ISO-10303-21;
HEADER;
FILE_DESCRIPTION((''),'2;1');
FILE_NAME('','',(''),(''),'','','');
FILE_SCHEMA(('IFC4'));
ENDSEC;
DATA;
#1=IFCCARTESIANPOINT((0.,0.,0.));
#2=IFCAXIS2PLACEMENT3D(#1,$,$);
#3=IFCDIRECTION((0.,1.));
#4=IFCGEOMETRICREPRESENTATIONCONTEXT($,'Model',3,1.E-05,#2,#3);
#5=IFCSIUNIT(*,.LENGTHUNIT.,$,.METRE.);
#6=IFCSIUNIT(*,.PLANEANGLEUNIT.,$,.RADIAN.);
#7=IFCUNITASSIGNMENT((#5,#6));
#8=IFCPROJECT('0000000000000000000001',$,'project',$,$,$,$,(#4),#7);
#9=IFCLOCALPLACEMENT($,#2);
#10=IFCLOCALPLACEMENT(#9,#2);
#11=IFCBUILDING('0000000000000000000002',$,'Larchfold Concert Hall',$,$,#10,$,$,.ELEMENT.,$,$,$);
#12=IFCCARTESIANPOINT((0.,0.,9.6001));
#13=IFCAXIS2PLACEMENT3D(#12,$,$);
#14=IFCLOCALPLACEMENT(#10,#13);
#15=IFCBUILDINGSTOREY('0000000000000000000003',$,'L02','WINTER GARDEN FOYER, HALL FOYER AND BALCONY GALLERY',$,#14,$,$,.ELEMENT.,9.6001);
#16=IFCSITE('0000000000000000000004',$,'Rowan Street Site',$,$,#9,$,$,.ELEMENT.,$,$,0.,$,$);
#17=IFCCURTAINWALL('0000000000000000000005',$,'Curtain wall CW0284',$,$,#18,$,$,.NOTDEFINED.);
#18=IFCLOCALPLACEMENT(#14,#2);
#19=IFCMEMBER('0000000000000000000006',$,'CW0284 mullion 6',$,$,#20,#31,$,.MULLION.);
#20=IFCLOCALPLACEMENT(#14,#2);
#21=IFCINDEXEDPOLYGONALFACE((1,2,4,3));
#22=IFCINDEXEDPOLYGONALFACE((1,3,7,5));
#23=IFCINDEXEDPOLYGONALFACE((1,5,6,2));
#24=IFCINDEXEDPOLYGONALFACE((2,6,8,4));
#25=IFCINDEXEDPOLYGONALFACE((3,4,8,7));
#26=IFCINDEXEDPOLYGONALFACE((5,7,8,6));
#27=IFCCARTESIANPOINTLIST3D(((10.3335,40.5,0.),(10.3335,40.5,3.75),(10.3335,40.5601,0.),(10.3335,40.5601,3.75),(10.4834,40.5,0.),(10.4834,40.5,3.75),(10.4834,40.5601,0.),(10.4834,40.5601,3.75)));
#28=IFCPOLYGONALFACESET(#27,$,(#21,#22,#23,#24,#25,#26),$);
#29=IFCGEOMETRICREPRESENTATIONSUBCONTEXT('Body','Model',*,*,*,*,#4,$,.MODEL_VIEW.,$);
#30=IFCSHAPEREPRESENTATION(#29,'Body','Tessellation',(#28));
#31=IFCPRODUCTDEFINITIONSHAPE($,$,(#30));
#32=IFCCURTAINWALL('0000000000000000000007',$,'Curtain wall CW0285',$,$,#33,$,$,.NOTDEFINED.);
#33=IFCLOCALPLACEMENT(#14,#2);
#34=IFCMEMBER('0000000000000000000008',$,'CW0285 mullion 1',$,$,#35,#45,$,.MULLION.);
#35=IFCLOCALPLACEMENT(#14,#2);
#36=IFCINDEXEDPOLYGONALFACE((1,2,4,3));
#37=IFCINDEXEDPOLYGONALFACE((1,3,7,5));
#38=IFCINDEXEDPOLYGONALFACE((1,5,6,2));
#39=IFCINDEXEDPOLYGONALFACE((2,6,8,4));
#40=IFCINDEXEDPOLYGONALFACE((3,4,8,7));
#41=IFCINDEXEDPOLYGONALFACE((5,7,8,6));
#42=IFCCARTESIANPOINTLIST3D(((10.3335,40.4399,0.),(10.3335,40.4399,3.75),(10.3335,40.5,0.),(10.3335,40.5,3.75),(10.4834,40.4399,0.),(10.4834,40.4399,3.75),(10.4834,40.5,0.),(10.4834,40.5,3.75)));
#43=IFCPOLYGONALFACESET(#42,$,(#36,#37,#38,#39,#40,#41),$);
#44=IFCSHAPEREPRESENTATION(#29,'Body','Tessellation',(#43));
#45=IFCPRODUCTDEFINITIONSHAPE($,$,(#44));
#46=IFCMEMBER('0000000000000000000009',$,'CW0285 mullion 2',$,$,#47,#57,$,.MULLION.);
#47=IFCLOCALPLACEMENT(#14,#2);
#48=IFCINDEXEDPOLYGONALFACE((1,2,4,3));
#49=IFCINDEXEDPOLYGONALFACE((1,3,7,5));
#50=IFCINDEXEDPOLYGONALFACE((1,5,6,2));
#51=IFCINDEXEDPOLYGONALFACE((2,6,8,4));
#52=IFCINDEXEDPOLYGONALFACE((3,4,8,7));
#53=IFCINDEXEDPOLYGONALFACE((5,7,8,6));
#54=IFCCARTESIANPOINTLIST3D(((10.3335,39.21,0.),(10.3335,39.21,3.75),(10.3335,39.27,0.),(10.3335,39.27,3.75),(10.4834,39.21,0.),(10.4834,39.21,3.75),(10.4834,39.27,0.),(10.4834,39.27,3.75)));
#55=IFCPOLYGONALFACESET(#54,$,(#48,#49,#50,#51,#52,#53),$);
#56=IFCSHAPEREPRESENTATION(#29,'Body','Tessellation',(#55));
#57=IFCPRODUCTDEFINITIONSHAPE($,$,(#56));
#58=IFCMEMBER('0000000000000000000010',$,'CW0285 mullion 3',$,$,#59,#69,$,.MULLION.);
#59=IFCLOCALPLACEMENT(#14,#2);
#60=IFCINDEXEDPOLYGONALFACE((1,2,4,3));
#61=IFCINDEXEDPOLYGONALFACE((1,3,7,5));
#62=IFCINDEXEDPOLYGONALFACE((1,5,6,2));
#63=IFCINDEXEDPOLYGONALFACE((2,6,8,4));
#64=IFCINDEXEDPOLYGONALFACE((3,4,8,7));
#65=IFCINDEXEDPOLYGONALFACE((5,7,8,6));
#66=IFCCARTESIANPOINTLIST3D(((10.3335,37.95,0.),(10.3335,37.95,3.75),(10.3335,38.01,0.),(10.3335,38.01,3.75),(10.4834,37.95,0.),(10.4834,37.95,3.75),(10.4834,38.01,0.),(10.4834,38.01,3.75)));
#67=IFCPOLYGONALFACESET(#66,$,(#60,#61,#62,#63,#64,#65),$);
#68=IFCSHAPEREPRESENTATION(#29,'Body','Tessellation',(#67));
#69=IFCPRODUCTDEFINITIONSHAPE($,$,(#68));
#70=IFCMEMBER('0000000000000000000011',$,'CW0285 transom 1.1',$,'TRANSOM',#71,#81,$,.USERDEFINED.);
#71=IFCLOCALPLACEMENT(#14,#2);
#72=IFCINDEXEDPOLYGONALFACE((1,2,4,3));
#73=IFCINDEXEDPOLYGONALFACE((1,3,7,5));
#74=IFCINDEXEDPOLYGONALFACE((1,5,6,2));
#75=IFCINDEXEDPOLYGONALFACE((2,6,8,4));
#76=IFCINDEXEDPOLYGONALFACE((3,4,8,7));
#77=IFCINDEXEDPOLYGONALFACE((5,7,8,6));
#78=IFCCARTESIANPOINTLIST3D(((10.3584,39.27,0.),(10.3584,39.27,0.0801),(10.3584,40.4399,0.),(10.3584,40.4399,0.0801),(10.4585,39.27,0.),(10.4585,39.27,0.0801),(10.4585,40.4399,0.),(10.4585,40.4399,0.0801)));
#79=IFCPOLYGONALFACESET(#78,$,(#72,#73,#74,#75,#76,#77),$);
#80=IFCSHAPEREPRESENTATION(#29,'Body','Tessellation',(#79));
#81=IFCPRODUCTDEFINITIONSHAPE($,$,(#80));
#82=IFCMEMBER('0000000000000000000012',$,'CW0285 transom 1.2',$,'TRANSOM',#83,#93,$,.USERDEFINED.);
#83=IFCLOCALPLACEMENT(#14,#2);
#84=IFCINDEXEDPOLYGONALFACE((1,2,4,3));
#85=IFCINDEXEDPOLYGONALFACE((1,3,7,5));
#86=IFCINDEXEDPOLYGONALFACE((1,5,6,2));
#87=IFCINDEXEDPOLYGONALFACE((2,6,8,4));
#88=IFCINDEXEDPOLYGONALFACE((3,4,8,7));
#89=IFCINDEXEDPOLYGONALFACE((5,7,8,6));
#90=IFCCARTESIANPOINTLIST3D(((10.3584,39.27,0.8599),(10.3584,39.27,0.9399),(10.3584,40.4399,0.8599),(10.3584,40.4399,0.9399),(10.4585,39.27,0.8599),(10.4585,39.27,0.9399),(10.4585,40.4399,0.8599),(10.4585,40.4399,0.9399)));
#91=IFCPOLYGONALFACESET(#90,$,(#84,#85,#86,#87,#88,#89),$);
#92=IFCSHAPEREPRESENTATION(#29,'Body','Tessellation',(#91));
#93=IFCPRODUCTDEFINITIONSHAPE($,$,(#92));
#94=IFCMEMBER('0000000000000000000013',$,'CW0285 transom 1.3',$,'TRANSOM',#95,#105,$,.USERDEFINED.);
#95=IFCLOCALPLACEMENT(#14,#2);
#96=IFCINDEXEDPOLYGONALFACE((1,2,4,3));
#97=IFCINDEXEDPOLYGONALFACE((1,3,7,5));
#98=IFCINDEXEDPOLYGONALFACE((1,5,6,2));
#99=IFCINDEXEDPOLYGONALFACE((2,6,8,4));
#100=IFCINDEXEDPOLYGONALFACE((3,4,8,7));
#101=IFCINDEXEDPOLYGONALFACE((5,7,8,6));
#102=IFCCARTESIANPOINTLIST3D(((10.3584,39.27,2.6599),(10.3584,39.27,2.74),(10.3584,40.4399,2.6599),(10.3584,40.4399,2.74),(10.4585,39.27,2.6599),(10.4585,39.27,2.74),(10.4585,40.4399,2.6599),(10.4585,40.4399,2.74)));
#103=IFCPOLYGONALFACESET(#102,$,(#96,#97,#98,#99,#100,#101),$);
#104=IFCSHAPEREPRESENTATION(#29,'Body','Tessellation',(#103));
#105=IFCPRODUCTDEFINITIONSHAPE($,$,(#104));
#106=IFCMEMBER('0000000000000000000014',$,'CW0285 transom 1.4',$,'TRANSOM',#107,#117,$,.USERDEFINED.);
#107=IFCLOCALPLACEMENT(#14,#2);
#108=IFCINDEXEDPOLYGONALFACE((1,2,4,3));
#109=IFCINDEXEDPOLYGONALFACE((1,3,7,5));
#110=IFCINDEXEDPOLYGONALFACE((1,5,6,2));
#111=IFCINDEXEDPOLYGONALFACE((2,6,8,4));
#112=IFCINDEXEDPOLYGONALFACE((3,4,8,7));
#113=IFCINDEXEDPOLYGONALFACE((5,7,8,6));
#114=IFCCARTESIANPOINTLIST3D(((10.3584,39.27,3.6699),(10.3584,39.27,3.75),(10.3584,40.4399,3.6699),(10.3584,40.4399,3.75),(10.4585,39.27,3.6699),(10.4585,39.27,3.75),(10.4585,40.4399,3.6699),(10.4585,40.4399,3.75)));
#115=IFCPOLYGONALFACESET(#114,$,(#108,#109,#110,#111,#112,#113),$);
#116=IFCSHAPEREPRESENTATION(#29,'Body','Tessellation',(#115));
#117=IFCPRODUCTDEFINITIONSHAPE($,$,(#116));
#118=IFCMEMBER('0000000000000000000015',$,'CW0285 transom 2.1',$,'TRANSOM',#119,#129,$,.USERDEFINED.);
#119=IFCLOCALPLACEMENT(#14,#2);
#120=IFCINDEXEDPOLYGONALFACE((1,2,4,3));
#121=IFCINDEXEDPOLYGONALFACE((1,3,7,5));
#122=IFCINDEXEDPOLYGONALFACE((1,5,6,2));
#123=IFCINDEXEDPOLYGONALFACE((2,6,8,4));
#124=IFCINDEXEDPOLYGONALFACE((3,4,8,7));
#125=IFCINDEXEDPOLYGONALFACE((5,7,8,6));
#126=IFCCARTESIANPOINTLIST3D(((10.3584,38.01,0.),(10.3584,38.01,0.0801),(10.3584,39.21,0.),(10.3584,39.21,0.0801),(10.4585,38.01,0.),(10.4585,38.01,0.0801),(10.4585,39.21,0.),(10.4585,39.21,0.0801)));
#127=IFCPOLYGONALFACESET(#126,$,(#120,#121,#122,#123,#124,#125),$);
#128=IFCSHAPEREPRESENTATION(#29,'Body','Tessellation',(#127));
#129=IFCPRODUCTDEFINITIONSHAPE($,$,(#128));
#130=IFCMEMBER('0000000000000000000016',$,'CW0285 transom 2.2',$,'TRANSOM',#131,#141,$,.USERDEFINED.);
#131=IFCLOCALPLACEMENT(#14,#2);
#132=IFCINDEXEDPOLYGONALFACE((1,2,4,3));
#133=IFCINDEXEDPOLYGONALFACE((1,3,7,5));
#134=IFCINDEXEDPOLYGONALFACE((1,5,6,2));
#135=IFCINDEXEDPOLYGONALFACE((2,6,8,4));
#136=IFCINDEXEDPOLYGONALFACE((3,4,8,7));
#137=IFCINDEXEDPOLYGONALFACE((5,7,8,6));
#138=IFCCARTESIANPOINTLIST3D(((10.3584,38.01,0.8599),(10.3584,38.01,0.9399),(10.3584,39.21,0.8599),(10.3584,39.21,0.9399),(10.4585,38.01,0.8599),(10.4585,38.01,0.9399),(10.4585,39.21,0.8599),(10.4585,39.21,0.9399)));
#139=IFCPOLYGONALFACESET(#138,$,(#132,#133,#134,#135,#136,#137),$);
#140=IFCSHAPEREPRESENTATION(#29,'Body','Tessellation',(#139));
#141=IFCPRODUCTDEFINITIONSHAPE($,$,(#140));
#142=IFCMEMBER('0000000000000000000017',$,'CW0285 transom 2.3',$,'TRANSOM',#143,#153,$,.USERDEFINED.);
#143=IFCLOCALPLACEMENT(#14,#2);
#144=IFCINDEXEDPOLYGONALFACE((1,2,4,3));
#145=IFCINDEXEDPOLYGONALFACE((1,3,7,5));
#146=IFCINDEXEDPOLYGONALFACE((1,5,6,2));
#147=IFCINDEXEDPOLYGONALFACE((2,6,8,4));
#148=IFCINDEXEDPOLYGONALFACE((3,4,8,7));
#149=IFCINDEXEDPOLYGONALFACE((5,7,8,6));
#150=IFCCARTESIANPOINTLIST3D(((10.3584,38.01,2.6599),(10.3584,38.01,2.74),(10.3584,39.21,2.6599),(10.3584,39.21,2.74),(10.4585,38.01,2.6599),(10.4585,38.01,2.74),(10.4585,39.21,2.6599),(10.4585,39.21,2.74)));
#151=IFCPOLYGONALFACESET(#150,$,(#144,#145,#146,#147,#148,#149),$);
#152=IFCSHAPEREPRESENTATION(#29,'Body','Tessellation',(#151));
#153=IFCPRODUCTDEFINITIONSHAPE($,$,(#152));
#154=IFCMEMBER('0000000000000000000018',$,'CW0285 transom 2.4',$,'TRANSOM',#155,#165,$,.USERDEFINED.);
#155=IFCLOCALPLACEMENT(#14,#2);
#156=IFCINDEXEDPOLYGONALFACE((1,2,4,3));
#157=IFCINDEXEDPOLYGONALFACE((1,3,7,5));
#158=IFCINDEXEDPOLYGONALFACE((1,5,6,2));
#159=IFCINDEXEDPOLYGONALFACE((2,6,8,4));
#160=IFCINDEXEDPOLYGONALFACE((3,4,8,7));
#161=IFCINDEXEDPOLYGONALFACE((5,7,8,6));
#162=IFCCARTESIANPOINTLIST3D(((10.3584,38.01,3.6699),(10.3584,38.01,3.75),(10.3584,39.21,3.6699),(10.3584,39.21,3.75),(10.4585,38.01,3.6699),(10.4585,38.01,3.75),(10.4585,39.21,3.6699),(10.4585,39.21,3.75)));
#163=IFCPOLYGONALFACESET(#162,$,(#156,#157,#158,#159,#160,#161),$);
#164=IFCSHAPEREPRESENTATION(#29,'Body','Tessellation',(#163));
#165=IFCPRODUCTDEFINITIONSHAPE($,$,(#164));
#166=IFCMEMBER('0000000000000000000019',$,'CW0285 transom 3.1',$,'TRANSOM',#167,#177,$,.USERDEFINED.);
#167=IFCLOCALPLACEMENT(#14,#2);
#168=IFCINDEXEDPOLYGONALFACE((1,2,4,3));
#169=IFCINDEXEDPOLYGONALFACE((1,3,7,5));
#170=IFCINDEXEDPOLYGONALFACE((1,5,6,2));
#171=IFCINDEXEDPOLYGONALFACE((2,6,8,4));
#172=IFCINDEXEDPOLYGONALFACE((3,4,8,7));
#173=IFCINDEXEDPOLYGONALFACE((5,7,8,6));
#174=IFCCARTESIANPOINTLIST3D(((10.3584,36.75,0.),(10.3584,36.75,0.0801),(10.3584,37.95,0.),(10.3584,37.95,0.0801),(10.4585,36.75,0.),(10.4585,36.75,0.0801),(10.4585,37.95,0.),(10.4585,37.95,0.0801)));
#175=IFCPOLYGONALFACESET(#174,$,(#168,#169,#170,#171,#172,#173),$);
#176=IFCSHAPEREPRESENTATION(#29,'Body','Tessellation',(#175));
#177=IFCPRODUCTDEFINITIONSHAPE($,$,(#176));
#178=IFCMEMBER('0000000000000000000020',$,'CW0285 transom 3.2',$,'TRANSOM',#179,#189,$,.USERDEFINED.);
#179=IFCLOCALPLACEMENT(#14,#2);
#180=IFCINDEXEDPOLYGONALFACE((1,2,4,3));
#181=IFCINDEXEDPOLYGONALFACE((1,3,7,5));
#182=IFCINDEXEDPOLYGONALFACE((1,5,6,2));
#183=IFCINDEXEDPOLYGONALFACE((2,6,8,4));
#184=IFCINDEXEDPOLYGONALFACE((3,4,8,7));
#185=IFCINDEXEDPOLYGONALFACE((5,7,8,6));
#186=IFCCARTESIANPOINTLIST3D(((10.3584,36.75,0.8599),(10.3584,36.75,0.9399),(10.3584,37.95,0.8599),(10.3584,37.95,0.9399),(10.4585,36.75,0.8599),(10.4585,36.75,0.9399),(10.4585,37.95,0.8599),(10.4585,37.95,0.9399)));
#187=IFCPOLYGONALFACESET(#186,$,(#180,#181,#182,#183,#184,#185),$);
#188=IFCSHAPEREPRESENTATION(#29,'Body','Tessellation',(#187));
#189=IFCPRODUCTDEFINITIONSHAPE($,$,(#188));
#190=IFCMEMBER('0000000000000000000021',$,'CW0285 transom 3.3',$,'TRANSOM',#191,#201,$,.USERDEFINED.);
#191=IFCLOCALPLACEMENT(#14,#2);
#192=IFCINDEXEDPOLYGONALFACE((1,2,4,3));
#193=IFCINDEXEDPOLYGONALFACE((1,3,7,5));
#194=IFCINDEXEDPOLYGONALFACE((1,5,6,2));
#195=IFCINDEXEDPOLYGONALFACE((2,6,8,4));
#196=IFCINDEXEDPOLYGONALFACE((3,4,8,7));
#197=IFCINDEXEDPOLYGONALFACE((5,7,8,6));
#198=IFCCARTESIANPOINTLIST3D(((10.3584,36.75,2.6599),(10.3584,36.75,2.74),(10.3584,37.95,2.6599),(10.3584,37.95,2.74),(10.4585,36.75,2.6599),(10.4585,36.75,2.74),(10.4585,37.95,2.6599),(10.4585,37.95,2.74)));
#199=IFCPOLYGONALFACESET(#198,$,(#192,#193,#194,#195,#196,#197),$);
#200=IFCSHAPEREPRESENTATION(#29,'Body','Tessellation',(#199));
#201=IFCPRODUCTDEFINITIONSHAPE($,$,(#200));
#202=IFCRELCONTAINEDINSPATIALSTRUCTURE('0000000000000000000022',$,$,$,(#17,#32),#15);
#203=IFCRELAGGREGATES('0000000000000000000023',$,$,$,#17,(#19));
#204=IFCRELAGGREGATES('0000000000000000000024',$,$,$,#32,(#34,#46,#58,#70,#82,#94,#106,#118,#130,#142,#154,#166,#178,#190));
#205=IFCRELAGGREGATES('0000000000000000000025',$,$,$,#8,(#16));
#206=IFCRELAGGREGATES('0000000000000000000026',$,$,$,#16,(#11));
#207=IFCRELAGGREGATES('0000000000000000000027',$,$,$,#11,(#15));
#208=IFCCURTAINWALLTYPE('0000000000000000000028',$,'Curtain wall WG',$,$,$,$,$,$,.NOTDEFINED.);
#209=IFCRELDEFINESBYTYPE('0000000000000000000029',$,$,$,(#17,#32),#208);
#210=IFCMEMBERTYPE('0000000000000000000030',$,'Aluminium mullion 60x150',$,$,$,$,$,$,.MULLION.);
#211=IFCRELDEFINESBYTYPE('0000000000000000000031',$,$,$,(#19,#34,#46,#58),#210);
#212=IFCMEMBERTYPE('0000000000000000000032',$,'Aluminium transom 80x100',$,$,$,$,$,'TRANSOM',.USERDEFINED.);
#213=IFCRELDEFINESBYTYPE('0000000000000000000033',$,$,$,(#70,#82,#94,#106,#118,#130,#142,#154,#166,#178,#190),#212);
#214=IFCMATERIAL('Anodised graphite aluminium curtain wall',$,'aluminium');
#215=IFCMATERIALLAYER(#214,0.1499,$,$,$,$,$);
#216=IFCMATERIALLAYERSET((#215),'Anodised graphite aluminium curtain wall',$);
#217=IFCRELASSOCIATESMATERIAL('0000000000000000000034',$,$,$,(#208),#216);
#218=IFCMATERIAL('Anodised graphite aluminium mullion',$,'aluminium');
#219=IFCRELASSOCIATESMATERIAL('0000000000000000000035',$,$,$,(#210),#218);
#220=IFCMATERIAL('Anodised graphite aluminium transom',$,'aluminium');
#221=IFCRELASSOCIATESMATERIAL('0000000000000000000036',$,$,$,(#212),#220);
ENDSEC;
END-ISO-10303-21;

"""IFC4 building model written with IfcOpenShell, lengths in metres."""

from ifc_helpers import new_model, si_unit, direction, frame, origin, origin_2d, place, context, subcontext, project, spatial, rectangle, extrude, material, layer, layer_set, material_profile, profile_set, type_object, element, aggregate, save


model = new_model("IFC4")

# Units and contexts
model_context = context("Model", 3, precision=1e-05, world=origin(), true_north=direction((0.0, 1.0)))
body_context = subcontext(model_context, "Body", "Model", "MODEL_VIEW")
ifc_project = project(units=[si_unit("LENGTHUNIT", "METRE"), si_unit("PLANEANGLEUNIT", "RADIAN")], contexts=[model_context])

# Site, building, storey
site_placement = place(None, origin())
site = spatial("IfcSite", under=ifc_project, at=site_placement, Name="Rowan Street Site", CompositionType="ELEMENT", RefElevation=0.0)
building_placement = place(site_placement, origin())
building = spatial("IfcBuilding", under=site, at=building_placement, Name="Larchfold Concert Hall", CompositionType="ELEMENT")
storey_placement = place(building_placement, frame((0.0, 0.0, 9.6001)))
storey = spatial("IfcBuildingStorey", under=building, at=storey_placement, Name="L02", Description="WINTER GARDEN FOYER, HALL FOYER AND BALCONY GALLERY", CompositionType="ELEMENT", Elevation=9.6001)

# Curtain wall, member
ifc_material_1 = material(Name="Anodised graphite aluminium curtain wall", Category="aluminium")
ifc_layer_1 = layer(ifc_material_1, 0.1499)
ifc_layer_set_1 = layer_set([ifc_layer_1], Name="Anodised graphite aluminium curtain wall")
curtain_wall_type = type_object("IfcCurtainWallType", Name="Curtain wall WG", PredefinedType="NOTDEFINED", material=ifc_layer_set_1)
curtain_wall_1_placement = place(storey_placement, origin())
curtain_wall_1 = element("IfcCurtainWall", 1, at=curtain_wall_1_placement, inside=storey, type_object=curtain_wall_type, Name="Curtain wall CW0284", PredefinedType="NOTDEFINED")
ifc_material_2 = material(Name="Anodised graphite aluminium mullion", Category="aluminium")
ifc_material_profile_1 = material_profile(ifc_material_2, rectangle(XDim=0.1499, YDim=0.0601, at=origin_2d()))
ifc_profile_set_1 = profile_set([ifc_material_profile_1], Name="Anodised graphite aluminium mullion")
member_type_1 = type_object("IfcMemberType", Name="Aluminium mullion 60x150", PredefinedType="MULLION", material=ifc_profile_set_1)
member_1_placement = place(storey_placement, frame((10.4084, 40.53, 0.0), z_axis=(0.0, 0.0, 1.0), x_axis=(1.0, 0.0, 0.0)))
member_1 = element("IfcMember", 2, at=member_1_placement, type_object=member_type_1, Name="CW0284 mullion 6", PredefinedType="MULLION", context=body_context, shape_type="SweptSolid", body=[
    extrude(rectangle(XDim=0.1499, YDim=0.0601, at=origin_2d()), origin(), (0.0, 0.0, 1.0), 3.75),
])

# Curtain wall, members
curtain_wall_2_placement = place(storey_placement, origin())
curtain_wall_2 = element("IfcCurtainWall", 3, at=curtain_wall_2_placement, inside=storey, type_object=curtain_wall_type, Name="Curtain wall CW0285", PredefinedType="NOTDEFINED")
member_2_placement = place(storey_placement, frame((10.4084, 40.47, 0.0), z_axis=(0.0, 0.0, 1.0), x_axis=(1.0, 0.0, 0.0)))
member_2 = element("IfcMember", 4, at=member_2_placement, type_object=member_type_1, Name="CW0285 mullion 1", PredefinedType="MULLION", context=body_context, shape_type="SweptSolid", body=[
    extrude(rectangle(XDim=0.1499, YDim=0.0601, at=origin_2d()), origin(), (0.0, 0.0, 1.0), 3.75),
])
member_3_placement = place(storey_placement, frame((10.4084, 39.24, 0.0), z_axis=(0.0, 0.0, 1.0), x_axis=(1.0, 0.0, 0.0)))
member_3 = element("IfcMember", 5, at=member_3_placement, type_object=member_type_1, Name="CW0285 mullion 2", PredefinedType="MULLION", context=body_context, shape_type="SweptSolid", body=[
    extrude(rectangle(XDim=0.1499, YDim=0.0601, at=origin_2d()), origin(), (0.0, 0.0, 1.0), 3.75),
])
member_4_placement = place(storey_placement, frame((10.4084, 37.98, 0.0), z_axis=(0.0, 0.0, 1.0), x_axis=(1.0, 0.0, 0.0)))
member_4 = element("IfcMember", 6, at=member_4_placement, type_object=member_type_1, Name="CW0285 mullion 3", PredefinedType="MULLION", context=body_context, shape_type="SweptSolid", body=[
    extrude(rectangle(XDim=0.1499, YDim=0.0601, at=origin_2d()), origin(), (0.0, 0.0, 1.0), 3.75),
])
ifc_material_3 = material(Name="Anodised graphite aluminium transom", Category="aluminium")
ifc_material_profile_2 = material_profile(ifc_material_3, rectangle(XDim=0.1001, YDim=0.0801, at=origin_2d()))
ifc_profile_set_2 = profile_set([ifc_material_profile_2], Name="Anodised graphite aluminium transom")
member_type_2 = type_object("IfcMemberType", Name="Aluminium transom 80x100", ElementType="TRANSOM", PredefinedType="USERDEFINED", material=ifc_profile_set_2)
member_5_placement = place(storey_placement, frame((10.4084, 40.4399, 0.04), z_axis=(0.0, -1.0, 0.0), x_axis=(1.0, 0.0, 0.0)))
member_5 = element("IfcMember", 7, at=member_5_placement, type_object=member_type_2, Name="CW0285 transom 1.1", ObjectType="TRANSOM", PredefinedType="USERDEFINED", context=body_context, shape_type="SweptSolid", body=[
    extrude(rectangle(XDim=0.1001, YDim=0.0801, at=origin_2d()), origin(), (0.0, 0.0, 1.0), 1.1699),
])
member_6_placement = place(storey_placement, frame((10.4084, 40.4399, 0.8999), z_axis=(0.0, -1.0, 0.0), x_axis=(1.0, 0.0, 0.0)))
member_6 = element("IfcMember", 8, at=member_6_placement, type_object=member_type_2, Name="CW0285 transom 1.2", ObjectType="TRANSOM", PredefinedType="USERDEFINED", context=body_context, shape_type="SweptSolid", body=[
    extrude(rectangle(XDim=0.1001, YDim=0.0801, at=origin_2d()), origin(), (0.0, 0.0, 1.0), 1.1699),
])
member_7_placement = place(storey_placement, frame((10.4084, 40.4399, 2.7), z_axis=(0.0, -1.0, 0.0), x_axis=(1.0, 0.0, 0.0)))
member_7 = element("IfcMember", 9, at=member_7_placement, type_object=member_type_2, Name="CW0285 transom 1.3", ObjectType="TRANSOM", PredefinedType="USERDEFINED", context=body_context, shape_type="SweptSolid", body=[
    extrude(rectangle(XDim=0.1001, YDim=0.0801, at=origin_2d()), origin(), (0.0, 0.0, 1.0), 1.1699),
])
member_8_placement = place(storey_placement, frame((10.4084, 40.4399, 3.71), z_axis=(0.0, -1.0, 0.0), x_axis=(1.0, 0.0, 0.0)))
member_8 = element("IfcMember", 10, at=member_8_placement, type_object=member_type_2, Name="CW0285 transom 1.4", ObjectType="TRANSOM", PredefinedType="USERDEFINED", context=body_context, shape_type="SweptSolid", body=[
    extrude(rectangle(XDim=0.1001, YDim=0.0801, at=origin_2d()), origin(), (0.0, 0.0, 1.0), 1.1699),
])
member_9_placement = place(storey_placement, frame((10.4084, 39.21, 0.04), z_axis=(0.0, -1.0, 0.0), x_axis=(1.0, 0.0, 0.0)))
member_9 = element("IfcMember", 11, at=member_9_placement, type_object=member_type_2, Name="CW0285 transom 2.1", ObjectType="TRANSOM", PredefinedType="USERDEFINED", context=body_context, shape_type="SweptSolid", body=[
    extrude(rectangle(XDim=0.1001, YDim=0.0801, at=origin_2d()), origin(), (0.0, 0.0, 1.0), 1.2),
])
member_10_placement = place(storey_placement, frame((10.4084, 39.21, 0.8999), z_axis=(0.0, -1.0, 0.0), x_axis=(1.0, 0.0, 0.0)))
member_10 = element("IfcMember", 12, at=member_10_placement, type_object=member_type_2, Name="CW0285 transom 2.2", ObjectType="TRANSOM", PredefinedType="USERDEFINED", context=body_context, shape_type="SweptSolid", body=[
    extrude(rectangle(XDim=0.1001, YDim=0.0801, at=origin_2d()), origin(), (0.0, 0.0, 1.0), 1.2),
])
member_11_placement = place(storey_placement, frame((10.4084, 39.21, 2.7), z_axis=(0.0, -1.0, 0.0), x_axis=(1.0, 0.0, 0.0)))
member_11 = element("IfcMember", 13, at=member_11_placement, type_object=member_type_2, Name="CW0285 transom 2.3", ObjectType="TRANSOM", PredefinedType="USERDEFINED", context=body_context, shape_type="SweptSolid", body=[
    extrude(rectangle(XDim=0.1001, YDim=0.0801, at=origin_2d()), origin(), (0.0, 0.0, 1.0), 1.2),
])
member_12_placement = place(storey_placement, frame((10.4084, 39.21, 3.71), z_axis=(0.0, -1.0, 0.0), x_axis=(1.0, 0.0, 0.0)))
member_12 = element("IfcMember", 14, at=member_12_placement, type_object=member_type_2, Name="CW0285 transom 2.4", ObjectType="TRANSOM", PredefinedType="USERDEFINED", context=body_context, shape_type="SweptSolid", body=[
    extrude(rectangle(XDim=0.1001, YDim=0.0801, at=origin_2d()), origin(), (0.0, 0.0, 1.0), 1.2),
])
member_13_placement = place(storey_placement, frame((10.4084, 37.95, 0.04), z_axis=(0.0, -1.0, 0.0), x_axis=(1.0, 0.0, 0.0)))
member_13 = element("IfcMember", 15, at=member_13_placement, type_object=member_type_2, Name="CW0285 transom 3.1", ObjectType="TRANSOM", PredefinedType="USERDEFINED", context=body_context, shape_type="SweptSolid", body=[
    extrude(rectangle(XDim=0.1001, YDim=0.0801, at=origin_2d()), origin(), (0.0, 0.0, 1.0), 1.2),
])
member_14_placement = place(storey_placement, frame((10.4084, 37.95, 0.8999), z_axis=(0.0, -1.0, 0.0), x_axis=(1.0, 0.0, 0.0)))
member_14 = element("IfcMember", 16, at=member_14_placement, type_object=member_type_2, Name="CW0285 transom 3.2", ObjectType="TRANSOM", PredefinedType="USERDEFINED", context=body_context, shape_type="SweptSolid", body=[
    extrude(rectangle(XDim=0.1001, YDim=0.0801, at=origin_2d()), origin(), (0.0, 0.0, 1.0), 1.2),
])
member_15_placement = place(storey_placement, frame((10.4084, 37.95, 2.7), z_axis=(0.0, -1.0, 0.0), x_axis=(1.0, 0.0, 0.0)))
member_15 = element("IfcMember", 17, at=member_15_placement, type_object=member_type_2, Name="CW0285 transom 3.3", ObjectType="TRANSOM", PredefinedType="USERDEFINED", context=body_context, shape_type="SweptSolid", body=[
    extrude(rectangle(XDim=0.1001, YDim=0.0801, at=origin_2d()), origin(), (0.0, 0.0, 1.0), 1.2),
])

aggregate(curtain_wall_1, [member_1])
aggregate(curtain_wall_2, [member_2, member_3, member_4, member_5, member_6, member_7, member_8, member_9, member_10, member_11, member_12, member_13, member_14, member_15])

save(model, "model.ifc")
